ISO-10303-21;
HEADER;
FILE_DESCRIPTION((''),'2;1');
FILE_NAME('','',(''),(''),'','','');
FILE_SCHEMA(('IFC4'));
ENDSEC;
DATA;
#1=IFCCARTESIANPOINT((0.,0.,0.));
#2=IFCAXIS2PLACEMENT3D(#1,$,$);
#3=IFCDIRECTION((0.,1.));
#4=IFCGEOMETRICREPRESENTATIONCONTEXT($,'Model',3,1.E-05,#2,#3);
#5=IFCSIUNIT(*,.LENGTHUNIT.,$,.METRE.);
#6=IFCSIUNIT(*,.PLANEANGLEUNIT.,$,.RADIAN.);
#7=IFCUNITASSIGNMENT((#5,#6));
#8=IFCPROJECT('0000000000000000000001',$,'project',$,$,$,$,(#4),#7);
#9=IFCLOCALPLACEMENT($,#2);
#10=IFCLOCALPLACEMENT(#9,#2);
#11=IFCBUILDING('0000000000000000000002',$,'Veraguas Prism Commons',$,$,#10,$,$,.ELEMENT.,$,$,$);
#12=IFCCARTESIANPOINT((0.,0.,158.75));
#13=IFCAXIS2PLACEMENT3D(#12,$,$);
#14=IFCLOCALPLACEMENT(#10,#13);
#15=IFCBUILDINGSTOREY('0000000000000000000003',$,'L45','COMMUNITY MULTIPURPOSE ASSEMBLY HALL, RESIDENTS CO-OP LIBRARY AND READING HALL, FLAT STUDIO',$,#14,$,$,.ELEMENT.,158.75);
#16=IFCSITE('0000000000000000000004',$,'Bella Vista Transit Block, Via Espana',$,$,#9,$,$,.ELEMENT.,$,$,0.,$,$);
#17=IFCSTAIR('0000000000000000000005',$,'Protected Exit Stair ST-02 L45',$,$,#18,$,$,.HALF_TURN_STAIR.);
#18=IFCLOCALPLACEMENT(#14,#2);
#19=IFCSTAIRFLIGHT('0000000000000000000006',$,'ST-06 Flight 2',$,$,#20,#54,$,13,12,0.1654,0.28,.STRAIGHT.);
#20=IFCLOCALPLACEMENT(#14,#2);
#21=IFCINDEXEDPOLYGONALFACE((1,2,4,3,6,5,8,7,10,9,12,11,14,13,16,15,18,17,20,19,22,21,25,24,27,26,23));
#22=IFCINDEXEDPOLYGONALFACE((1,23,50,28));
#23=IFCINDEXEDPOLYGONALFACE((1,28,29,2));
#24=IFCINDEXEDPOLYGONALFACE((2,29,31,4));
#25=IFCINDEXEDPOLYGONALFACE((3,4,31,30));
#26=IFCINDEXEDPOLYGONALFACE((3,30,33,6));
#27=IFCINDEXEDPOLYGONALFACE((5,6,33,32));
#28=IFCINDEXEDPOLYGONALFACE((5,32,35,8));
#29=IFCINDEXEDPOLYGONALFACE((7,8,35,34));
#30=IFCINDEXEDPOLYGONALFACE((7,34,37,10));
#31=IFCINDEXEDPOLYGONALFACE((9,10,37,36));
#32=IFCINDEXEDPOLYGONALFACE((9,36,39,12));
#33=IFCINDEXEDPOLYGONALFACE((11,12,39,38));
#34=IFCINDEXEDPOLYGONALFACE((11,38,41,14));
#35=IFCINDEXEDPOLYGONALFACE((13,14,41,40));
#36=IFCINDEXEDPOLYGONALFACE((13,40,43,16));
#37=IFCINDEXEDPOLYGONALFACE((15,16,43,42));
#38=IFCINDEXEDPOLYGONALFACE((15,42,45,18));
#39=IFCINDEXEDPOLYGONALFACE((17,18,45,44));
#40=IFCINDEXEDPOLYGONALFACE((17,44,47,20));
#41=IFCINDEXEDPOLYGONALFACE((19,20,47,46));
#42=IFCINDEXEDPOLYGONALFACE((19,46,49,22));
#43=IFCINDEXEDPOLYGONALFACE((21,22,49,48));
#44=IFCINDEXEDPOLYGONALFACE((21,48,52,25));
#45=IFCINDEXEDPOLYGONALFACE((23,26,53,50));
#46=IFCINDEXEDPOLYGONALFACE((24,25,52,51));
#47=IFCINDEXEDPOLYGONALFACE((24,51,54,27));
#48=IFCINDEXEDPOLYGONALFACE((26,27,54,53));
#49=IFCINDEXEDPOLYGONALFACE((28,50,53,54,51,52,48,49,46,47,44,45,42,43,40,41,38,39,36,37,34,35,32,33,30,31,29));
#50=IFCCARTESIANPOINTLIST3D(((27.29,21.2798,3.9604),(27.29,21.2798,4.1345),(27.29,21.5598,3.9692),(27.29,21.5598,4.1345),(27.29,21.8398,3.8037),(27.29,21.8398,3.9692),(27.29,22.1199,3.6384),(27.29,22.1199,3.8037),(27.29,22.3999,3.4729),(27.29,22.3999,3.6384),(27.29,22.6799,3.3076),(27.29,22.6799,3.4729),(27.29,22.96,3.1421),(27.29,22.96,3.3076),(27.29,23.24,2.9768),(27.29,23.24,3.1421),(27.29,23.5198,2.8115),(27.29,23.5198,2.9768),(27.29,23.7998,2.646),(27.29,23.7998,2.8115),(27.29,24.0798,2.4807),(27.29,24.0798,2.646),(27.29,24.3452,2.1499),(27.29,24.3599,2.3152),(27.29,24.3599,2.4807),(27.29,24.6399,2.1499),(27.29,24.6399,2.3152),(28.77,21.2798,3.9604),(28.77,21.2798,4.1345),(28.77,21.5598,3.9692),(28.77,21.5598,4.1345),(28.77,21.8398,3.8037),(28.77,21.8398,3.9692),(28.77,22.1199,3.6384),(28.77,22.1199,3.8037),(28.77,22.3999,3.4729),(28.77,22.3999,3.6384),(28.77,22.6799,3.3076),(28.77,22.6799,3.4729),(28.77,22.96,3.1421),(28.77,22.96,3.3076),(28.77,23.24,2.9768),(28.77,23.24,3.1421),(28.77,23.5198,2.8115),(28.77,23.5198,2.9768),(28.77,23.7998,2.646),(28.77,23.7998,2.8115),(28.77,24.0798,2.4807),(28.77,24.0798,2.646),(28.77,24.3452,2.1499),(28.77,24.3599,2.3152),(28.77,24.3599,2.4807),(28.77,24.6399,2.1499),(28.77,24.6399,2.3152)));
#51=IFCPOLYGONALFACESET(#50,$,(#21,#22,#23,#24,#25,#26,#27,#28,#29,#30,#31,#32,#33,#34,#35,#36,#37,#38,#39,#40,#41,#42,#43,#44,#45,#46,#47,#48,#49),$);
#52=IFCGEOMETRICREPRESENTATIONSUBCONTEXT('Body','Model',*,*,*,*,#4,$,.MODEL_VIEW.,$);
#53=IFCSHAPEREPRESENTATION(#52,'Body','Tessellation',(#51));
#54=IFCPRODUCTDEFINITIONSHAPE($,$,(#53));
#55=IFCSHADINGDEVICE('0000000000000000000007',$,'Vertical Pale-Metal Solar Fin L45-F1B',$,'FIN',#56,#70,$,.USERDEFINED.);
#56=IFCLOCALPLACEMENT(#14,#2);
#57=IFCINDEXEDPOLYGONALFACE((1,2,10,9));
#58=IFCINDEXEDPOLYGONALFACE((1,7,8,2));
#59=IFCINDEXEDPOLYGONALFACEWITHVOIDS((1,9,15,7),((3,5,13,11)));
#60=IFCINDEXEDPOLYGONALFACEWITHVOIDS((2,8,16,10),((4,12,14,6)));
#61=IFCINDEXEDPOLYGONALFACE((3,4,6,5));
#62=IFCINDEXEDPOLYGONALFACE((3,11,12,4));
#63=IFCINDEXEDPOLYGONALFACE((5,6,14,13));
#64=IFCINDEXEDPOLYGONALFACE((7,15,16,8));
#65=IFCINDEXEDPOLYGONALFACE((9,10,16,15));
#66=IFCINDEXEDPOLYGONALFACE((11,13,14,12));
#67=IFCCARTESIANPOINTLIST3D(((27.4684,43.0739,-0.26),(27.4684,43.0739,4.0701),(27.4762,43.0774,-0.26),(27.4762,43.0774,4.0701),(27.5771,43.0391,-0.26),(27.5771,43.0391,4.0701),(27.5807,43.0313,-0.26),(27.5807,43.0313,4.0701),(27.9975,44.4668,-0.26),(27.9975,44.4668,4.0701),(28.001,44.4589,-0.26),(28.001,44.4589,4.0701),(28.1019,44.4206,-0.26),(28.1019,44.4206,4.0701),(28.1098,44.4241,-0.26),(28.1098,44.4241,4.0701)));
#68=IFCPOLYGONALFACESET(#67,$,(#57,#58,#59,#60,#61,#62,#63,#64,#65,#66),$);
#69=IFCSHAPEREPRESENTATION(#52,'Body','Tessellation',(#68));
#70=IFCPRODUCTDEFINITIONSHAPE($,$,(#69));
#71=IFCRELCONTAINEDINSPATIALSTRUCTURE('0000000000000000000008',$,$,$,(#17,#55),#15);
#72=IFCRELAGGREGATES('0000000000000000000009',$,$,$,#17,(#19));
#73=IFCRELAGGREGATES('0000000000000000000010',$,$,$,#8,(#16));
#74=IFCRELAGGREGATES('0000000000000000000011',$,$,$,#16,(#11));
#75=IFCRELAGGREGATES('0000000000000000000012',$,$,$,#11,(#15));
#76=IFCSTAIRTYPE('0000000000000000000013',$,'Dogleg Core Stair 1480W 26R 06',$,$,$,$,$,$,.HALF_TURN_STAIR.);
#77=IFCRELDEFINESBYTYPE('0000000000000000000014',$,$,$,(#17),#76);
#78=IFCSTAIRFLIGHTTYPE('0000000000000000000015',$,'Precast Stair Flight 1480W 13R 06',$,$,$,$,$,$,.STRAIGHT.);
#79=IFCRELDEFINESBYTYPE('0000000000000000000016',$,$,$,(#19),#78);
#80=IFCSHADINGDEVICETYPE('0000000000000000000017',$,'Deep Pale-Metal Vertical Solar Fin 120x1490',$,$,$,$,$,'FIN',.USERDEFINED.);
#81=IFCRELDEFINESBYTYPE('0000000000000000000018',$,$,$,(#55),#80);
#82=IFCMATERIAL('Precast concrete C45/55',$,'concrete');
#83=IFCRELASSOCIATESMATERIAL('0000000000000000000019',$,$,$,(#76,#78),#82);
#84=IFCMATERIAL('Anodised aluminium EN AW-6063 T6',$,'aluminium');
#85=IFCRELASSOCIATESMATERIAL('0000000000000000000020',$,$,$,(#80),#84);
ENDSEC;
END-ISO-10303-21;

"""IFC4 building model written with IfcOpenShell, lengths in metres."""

from ifc_helpers import new_model, si_unit, direction, frame, origin, origin_2d, place, context, subcontext, project, spatial, polyline, hollow_rectangle, outline, extrude, material, material_profile, profile_set, type_object, element, aggregate, save


model = new_model("IFC4")

# Units and contexts
model_context = context("Model", 3, precision=1e-05, world=origin(), true_north=direction((0.0, 1.0)))
body_context = subcontext(model_context, "Body", "Model", "MODEL_VIEW")
ifc_project = project(units=[si_unit("LENGTHUNIT", "METRE"), si_unit("PLANEANGLEUNIT", "RADIAN")], contexts=[model_context])

# Site, building, storey
site_placement = place(None, origin())
site = spatial("IfcSite", under=ifc_project, at=site_placement, Name="Bella Vista Transit Block, Via Espana", CompositionType="ELEMENT", RefElevation=0.0)
building_placement = place(site_placement, origin())
building = spatial("IfcBuilding", under=site, at=building_placement, Name="Veraguas Prism Commons", CompositionType="ELEMENT")
storey_placement = place(building_placement, frame((0.0, 0.0, 158.75)))
storey = spatial("IfcBuildingStorey", under=building, at=storey_placement, Name="L45", Description="COMMUNITY MULTIPURPOSE ASSEMBLY HALL, RESIDENTS CO-OP LIBRARY AND READING HALL, FLAT STUDIO", CompositionType="ELEMENT", Elevation=158.75)

# Shared definitions
ifc_material_1 = material(Name="Anodised aluminium EN AW-6063 T6", Category="aluminium")

# Stair, stair flight
ifc_material_2 = material(Name="Precast concrete C45/55", Category="concrete")
stair_type = type_object("IfcStairType", Name="Dogleg Core Stair 1480W 26R 06", PredefinedType="HALF_TURN_STAIR", material=ifc_material_2)
stair_placement = place(storey_placement, origin())
stair = element("IfcStair", 1, at=stair_placement, inside=storey, type_object=stair_type, Name="Protected Exit Stair ST-02 L45", PredefinedType="HALF_TURN_STAIR")
stair_flight_type = type_object("IfcStairFlightType", Name="Precast Stair Flight 1480W 13R 06", PredefinedType="STRAIGHT", material=ifc_material_2)
stair_flight_placement = place(storey_placement, frame((28.03, 24.6399, 2.1499), z_axis=(0.0, 0.0, 1.0), x_axis=(0.0, -1.0, 0.0)))
stair_flight = element("IfcStairFlight", 2, at=stair_flight_placement, type_object=stair_flight_type, Name="ST-06 Flight 2", NumberOfRisers=13, NumberOfTreads=12, PredefinedType="STRAIGHT", RiserHeight=0.1654, TreadLength=0.28, context=body_context, shape_type="SweptSolid", body=[
    extrude(outline(polyline([(0.0, 0.0), (0.0, 0.1653), (0.28, 0.1653), (0.28, 0.3308), (0.5601, 0.3308), (0.5601, 0.4961), (0.8401, 0.4961), (0.8401, 0.6616), (1.1201, 0.6616), (1.1201, 0.8269), (1.3999, 0.8269), (1.3999, 0.9922), (1.6799, 0.9922), (1.6799, 1.1577), (1.96, 1.1577), (1.96, 1.323), (2.24, 1.323), (2.24, 1.4885), (2.52, 1.4885), (2.52, 1.6538), (2.8, 1.6538), (2.8, 1.8193), (3.0801, 1.8193), (3.0801, 1.9846), (3.3601, 1.9846), (3.3601, 2.1499), (3.3601, 1.8105), (0.2947, 0.0), (0.0, 0.0)])), frame((0.0, 0.74, 0.0), z_axis=(0.0, -1.0, 0.0), x_axis=(1.0, 0.0, 0.0)), (0.0, 0.0, 1.0), 1.48),
])
aggregate(stair, [stair_flight])

# Shading device
ifc_material_profile_1 = material_profile(ifc_material_1, hollow_rectangle(XDim=0.1201, YDim=1.49, WallThickness=0.0061, at=origin_2d()), Name="FIN120X1490X6")
ifc_profile_set_1 = profile_set([ifc_material_profile_1], Name="Anodised aluminium EN AW-6063 T6")
shading_device_type = type_object("IfcShadingDeviceType", Name="Deep Pale-Metal Vertical Solar Fin 120x1490", ElementType="FIN", PredefinedType="USERDEFINED", material=ifc_profile_set_1)
shading_device_placement = place(storey_placement, frame((27.7891, 43.749, -0.26), z_axis=(0.0, 0.0, 1.0), x_axis=(-0.934825, 0.355109, 0.0)))
element("IfcShadingDevice", 3, at=shading_device_placement, inside=storey, type_object=shading_device_type, Name="Vertical Pale-Metal Solar Fin L45-F1B", ObjectType="FIN", PredefinedType="USERDEFINED", context=body_context, shape_type="SweptSolid", body=[
    extrude(hollow_rectangle(XDim=0.1201, YDim=1.49, WallThickness=0.0061, at=origin_2d()), origin(), (0.0, 0.0, 1.0), 4.3301),
])

save(model, "model.ifc")
